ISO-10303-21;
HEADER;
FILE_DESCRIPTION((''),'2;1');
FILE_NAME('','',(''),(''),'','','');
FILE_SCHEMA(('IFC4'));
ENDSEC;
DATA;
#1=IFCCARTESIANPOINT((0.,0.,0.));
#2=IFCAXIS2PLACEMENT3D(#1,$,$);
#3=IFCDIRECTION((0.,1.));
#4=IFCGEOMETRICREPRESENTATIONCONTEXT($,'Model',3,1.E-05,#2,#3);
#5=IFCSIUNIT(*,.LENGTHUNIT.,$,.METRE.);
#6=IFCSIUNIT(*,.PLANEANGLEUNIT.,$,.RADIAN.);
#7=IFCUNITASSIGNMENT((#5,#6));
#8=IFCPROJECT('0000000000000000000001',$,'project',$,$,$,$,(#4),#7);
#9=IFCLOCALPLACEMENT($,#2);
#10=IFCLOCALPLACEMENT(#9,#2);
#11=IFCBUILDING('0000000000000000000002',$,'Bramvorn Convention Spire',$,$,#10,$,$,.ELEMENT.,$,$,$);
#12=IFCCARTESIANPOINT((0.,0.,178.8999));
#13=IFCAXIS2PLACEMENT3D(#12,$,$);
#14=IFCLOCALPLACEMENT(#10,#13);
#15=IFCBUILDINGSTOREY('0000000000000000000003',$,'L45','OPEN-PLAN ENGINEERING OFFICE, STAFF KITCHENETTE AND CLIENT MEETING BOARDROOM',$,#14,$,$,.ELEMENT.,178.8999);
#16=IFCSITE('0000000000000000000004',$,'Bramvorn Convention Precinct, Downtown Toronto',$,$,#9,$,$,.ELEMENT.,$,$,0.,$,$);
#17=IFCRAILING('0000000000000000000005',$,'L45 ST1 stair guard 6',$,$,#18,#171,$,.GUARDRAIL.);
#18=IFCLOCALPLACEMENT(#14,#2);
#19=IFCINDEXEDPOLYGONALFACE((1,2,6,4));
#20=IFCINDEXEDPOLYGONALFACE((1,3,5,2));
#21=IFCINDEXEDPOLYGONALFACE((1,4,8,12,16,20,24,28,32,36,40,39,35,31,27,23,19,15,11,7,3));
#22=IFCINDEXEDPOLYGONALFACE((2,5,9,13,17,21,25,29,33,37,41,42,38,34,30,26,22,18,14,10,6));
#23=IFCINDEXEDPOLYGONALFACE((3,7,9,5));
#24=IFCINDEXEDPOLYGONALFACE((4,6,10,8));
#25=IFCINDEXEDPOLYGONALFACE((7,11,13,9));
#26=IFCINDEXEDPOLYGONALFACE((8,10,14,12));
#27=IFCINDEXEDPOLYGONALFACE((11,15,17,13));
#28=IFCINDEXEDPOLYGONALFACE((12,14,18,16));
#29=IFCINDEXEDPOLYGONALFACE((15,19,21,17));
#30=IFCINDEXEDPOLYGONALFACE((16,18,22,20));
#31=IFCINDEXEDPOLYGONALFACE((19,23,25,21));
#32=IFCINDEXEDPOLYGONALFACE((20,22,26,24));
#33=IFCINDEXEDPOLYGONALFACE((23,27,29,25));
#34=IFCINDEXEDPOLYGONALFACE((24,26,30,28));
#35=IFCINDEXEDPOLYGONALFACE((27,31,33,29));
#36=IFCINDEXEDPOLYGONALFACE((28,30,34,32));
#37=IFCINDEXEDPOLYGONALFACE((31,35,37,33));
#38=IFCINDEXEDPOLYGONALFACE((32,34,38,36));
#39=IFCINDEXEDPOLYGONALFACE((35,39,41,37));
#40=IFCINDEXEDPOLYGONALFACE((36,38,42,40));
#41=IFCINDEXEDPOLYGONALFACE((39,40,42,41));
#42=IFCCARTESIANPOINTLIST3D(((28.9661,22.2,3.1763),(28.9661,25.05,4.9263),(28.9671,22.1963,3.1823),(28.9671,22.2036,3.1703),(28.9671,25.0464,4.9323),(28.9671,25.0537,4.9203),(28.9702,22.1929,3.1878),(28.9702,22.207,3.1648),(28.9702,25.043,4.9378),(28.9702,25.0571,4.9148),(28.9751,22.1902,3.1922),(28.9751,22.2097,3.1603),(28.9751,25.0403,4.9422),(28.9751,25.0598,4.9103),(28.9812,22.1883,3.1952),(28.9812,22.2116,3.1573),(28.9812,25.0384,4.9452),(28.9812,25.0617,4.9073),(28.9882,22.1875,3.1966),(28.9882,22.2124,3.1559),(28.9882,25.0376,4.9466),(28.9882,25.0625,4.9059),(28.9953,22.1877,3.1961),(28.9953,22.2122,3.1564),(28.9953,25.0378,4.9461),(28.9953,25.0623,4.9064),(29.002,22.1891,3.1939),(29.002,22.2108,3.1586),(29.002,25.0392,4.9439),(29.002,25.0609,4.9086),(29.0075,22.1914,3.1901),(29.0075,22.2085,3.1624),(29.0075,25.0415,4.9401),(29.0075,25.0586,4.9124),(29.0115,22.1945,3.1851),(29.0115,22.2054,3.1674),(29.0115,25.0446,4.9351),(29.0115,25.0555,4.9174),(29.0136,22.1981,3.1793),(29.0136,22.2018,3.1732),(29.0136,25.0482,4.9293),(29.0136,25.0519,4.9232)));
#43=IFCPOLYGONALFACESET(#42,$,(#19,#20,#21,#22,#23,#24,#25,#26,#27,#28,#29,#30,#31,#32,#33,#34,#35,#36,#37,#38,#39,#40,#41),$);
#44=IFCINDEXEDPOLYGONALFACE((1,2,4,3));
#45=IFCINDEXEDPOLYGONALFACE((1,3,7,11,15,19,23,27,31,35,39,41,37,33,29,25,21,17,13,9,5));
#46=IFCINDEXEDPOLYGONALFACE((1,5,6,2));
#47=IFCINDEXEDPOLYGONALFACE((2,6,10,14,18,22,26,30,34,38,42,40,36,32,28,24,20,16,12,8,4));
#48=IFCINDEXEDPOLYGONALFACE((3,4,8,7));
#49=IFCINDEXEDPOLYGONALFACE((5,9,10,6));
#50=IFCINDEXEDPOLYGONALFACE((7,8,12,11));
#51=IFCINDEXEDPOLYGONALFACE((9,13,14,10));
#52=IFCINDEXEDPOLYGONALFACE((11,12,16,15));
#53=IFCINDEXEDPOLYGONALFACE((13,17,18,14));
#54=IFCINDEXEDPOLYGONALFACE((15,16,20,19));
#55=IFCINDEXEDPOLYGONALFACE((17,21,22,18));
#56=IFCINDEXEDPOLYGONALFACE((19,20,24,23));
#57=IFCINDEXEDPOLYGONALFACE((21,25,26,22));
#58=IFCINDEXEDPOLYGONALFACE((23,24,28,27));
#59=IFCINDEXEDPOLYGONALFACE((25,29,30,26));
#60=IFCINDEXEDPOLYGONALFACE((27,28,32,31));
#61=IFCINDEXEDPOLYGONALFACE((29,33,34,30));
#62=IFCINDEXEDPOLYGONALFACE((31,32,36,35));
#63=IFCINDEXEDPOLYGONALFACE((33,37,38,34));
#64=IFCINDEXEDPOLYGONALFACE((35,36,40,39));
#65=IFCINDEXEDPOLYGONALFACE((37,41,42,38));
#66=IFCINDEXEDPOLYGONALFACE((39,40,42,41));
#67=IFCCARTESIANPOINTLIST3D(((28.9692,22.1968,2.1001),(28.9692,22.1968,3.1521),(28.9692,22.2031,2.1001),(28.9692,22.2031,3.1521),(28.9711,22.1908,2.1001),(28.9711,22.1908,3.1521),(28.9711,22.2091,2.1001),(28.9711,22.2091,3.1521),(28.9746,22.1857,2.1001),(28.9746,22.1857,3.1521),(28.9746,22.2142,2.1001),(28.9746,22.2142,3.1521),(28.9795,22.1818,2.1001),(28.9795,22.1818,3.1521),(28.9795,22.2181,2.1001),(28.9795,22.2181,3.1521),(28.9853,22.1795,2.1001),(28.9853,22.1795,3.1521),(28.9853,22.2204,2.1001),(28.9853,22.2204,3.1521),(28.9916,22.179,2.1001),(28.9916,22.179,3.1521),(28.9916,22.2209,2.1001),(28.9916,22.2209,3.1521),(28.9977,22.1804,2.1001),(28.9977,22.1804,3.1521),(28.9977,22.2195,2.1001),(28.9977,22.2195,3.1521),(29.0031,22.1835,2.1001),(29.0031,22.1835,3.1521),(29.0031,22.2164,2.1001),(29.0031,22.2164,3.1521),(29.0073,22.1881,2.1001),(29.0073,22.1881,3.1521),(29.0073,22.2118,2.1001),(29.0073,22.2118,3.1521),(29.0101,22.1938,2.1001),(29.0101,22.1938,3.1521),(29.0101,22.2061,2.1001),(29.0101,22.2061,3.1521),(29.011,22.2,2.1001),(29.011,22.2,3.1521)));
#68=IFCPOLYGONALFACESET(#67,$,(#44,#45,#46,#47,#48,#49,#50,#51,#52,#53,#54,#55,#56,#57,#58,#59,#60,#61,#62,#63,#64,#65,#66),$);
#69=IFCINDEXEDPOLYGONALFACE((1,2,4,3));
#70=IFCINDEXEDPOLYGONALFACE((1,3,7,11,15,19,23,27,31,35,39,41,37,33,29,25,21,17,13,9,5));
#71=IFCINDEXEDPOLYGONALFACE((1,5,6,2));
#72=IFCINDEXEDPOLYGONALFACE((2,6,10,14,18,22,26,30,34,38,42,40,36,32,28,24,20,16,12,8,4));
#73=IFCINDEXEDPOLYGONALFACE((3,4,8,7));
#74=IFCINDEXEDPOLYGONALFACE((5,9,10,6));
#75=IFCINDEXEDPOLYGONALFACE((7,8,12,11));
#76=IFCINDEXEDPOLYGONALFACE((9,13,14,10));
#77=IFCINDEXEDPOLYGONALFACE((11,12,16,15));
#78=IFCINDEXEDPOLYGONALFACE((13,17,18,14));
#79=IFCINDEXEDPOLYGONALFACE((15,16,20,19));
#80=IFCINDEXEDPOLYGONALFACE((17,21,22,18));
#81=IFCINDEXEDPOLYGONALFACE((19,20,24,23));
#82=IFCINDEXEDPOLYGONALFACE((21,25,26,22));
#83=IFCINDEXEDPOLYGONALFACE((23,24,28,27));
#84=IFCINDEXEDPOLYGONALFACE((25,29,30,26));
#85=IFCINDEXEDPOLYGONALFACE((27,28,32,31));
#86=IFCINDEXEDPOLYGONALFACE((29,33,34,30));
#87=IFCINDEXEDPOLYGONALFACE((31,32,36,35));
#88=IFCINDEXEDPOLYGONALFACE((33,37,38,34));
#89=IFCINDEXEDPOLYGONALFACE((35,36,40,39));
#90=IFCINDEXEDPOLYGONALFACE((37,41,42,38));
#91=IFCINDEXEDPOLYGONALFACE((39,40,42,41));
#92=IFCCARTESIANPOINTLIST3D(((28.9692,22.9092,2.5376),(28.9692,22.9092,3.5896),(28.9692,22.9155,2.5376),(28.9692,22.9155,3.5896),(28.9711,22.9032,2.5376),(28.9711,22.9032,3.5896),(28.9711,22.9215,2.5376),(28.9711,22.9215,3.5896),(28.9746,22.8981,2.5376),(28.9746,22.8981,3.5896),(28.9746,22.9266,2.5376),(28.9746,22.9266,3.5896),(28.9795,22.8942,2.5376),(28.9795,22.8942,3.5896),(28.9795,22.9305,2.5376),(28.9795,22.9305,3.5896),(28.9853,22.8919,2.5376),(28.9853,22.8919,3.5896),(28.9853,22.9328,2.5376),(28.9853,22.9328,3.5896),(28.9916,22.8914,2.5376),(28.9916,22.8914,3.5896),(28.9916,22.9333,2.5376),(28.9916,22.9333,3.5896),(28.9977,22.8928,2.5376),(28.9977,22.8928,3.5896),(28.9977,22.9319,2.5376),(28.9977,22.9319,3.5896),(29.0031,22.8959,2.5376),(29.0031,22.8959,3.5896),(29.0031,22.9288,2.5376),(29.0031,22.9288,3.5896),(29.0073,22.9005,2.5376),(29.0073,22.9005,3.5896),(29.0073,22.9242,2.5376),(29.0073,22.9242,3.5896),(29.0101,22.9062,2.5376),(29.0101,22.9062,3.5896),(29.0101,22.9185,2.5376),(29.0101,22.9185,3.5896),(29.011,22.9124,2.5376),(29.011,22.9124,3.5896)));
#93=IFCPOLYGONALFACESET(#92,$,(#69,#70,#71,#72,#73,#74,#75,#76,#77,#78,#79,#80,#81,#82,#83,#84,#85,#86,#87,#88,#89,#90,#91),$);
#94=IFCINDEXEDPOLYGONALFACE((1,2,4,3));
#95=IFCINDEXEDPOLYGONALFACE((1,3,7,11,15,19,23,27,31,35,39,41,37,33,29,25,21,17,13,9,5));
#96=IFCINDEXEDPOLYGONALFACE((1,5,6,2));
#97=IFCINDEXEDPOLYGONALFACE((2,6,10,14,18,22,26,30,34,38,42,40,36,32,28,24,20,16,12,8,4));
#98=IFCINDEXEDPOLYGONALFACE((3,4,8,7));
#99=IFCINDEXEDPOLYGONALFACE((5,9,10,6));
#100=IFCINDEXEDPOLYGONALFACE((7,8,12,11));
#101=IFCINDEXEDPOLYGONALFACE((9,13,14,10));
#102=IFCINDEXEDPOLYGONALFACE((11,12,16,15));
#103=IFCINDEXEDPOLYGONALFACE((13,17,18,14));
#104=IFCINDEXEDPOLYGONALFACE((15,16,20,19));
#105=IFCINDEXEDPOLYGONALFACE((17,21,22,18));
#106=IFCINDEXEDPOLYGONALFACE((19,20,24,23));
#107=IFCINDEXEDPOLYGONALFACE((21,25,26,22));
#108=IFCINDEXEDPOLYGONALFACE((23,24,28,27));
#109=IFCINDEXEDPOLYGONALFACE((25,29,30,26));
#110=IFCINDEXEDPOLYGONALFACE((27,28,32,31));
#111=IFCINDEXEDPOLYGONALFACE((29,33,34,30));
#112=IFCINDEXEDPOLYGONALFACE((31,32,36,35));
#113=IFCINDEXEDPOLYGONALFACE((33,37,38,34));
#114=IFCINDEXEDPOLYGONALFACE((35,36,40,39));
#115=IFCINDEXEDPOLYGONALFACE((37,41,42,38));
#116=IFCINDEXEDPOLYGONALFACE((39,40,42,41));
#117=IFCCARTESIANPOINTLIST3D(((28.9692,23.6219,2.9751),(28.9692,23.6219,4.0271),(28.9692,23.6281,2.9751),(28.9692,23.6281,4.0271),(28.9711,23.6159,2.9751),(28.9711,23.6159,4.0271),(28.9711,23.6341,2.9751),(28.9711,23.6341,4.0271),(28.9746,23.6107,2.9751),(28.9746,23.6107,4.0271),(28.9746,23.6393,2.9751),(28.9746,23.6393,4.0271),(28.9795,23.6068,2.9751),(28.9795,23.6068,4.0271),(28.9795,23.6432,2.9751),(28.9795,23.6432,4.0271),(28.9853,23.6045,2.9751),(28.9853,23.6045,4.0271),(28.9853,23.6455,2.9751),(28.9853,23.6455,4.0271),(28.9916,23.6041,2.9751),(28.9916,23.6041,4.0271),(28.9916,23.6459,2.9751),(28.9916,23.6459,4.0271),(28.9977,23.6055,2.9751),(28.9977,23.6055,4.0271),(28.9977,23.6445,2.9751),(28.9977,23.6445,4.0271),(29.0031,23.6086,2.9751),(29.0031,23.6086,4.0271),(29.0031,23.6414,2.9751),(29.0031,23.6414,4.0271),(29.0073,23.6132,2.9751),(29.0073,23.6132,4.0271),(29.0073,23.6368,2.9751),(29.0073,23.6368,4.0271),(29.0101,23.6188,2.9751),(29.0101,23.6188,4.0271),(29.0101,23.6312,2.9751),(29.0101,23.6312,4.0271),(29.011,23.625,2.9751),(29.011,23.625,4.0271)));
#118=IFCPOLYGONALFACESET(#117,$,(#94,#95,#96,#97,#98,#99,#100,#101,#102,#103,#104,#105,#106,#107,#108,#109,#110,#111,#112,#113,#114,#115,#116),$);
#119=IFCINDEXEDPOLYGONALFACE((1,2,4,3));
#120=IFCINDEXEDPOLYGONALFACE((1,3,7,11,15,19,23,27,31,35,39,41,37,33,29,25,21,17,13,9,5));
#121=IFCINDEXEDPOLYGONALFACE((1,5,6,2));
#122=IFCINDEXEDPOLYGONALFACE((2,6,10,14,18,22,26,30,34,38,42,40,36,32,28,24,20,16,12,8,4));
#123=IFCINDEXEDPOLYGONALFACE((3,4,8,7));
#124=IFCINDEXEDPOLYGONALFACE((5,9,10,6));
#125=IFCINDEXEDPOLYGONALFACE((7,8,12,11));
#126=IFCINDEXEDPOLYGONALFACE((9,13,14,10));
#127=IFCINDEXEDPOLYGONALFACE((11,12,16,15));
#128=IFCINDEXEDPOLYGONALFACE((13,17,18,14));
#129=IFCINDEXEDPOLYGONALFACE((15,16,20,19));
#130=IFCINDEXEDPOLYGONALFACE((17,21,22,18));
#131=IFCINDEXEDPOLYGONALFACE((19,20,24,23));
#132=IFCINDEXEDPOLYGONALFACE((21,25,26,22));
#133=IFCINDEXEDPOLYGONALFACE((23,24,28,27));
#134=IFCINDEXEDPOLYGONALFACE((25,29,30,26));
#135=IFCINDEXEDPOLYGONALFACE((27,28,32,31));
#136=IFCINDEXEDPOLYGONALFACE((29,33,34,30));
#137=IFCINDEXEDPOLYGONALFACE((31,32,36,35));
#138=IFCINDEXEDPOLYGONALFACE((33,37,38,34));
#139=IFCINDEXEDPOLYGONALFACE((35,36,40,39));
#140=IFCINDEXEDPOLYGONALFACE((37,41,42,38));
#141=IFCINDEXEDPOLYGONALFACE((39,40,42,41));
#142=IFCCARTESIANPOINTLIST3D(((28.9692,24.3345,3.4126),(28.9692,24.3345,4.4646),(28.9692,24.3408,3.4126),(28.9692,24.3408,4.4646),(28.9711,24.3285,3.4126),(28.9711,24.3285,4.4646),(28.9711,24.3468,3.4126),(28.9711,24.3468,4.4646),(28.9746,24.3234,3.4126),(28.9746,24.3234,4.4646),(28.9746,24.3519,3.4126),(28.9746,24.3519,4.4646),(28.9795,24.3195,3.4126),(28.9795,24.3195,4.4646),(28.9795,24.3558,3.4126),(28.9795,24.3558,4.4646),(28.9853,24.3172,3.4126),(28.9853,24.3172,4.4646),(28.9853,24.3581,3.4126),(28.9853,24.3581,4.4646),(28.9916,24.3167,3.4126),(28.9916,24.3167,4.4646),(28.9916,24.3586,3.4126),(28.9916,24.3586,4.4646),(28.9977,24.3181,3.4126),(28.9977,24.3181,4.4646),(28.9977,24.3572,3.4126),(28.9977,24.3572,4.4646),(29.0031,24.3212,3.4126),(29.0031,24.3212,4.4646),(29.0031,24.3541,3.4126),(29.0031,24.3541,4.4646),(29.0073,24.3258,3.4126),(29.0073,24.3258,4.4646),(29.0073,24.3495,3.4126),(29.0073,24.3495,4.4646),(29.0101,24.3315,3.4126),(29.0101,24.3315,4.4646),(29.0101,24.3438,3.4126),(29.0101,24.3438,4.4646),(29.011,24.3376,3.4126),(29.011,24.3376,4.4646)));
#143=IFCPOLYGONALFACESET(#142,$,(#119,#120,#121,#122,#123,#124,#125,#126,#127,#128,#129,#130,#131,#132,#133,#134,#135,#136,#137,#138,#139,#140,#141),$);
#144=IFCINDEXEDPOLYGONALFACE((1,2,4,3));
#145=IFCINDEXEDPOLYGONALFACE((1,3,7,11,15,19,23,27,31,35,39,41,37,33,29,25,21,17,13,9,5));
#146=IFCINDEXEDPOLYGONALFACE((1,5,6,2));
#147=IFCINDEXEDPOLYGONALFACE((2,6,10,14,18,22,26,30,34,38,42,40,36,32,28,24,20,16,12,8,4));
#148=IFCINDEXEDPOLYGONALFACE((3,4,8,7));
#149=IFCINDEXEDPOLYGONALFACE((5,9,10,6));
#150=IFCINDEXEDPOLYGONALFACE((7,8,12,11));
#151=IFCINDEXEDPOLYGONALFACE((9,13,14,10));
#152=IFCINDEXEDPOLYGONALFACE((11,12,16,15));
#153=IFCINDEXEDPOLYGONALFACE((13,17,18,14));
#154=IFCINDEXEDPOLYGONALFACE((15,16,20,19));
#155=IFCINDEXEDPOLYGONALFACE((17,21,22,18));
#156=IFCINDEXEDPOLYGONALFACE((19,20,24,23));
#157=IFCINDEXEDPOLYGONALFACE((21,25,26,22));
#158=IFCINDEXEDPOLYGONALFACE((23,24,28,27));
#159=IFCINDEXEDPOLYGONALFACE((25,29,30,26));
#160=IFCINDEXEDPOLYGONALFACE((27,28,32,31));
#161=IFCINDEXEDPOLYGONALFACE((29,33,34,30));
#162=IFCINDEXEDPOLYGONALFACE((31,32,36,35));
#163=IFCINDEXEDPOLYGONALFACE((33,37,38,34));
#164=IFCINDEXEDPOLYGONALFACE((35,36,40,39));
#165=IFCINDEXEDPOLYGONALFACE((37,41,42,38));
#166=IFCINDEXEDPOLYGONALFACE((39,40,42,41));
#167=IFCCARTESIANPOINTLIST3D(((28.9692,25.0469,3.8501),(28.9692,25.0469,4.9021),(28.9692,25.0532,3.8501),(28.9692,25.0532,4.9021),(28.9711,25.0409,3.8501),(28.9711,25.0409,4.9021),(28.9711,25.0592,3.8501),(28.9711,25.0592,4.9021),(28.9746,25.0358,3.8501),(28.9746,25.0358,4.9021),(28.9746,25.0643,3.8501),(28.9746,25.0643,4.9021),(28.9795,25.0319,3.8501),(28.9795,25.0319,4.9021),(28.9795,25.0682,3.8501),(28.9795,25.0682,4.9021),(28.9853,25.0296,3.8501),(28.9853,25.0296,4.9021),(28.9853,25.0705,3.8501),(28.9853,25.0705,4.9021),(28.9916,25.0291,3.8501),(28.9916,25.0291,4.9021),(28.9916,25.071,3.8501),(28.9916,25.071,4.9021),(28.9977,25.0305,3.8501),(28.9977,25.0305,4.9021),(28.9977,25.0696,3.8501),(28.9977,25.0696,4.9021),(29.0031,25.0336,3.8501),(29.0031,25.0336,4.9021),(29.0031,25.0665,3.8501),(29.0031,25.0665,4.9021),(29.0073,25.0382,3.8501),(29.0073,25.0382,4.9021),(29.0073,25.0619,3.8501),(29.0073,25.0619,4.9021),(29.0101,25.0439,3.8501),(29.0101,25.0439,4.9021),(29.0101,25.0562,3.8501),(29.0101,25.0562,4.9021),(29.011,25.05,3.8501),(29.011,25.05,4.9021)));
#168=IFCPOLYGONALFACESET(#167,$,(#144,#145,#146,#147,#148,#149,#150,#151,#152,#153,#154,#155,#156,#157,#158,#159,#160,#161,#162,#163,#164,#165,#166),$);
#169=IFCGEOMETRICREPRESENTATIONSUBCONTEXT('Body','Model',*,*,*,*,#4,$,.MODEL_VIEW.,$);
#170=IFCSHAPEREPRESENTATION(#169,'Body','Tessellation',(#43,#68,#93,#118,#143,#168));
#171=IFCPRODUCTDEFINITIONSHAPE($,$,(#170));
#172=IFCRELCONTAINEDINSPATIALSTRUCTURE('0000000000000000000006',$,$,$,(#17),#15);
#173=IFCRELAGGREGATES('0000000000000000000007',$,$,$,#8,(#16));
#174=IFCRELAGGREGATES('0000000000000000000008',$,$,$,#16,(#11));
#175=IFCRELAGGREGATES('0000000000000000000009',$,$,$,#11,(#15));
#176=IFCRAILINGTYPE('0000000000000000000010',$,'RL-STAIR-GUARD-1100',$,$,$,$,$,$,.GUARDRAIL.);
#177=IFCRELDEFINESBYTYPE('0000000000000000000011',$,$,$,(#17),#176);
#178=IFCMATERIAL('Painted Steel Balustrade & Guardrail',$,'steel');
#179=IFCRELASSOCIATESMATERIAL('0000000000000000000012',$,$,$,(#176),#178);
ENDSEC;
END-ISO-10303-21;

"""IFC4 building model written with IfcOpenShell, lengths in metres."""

from ifc_helpers import new_model, si_unit, direction, frame, origin, origin_2d, place, context, subcontext, project, spatial, circle, extrude, material, type_object, element, save


model = new_model("IFC4")

# Units and contexts
model_context = context("Model", 3, precision=1e-05, world=origin(), true_north=direction((0.0, 1.0)))
body_context = subcontext(model_context, "Body", "Model", "MODEL_VIEW")
ifc_project = project(units=[si_unit("LENGTHUNIT", "METRE"), si_unit("PLANEANGLEUNIT", "RADIAN")], contexts=[model_context])

# Site, building, storey
site_placement = place(None, origin())
site = spatial("IfcSite", under=ifc_project, at=site_placement, Name="Bramvorn Convention Precinct, Downtown Toronto", CompositionType="ELEMENT", RefElevation=0.0)
building_placement = place(site_placement, origin())
building = spatial("IfcBuilding", under=site, at=building_placement, Name="Bramvorn Convention Spire", CompositionType="ELEMENT")
storey_placement = place(building_placement, frame((0.0, 0.0, 178.8999)))
storey = spatial("IfcBuildingStorey", under=building, at=storey_placement, Name="L45", Description="OPEN-PLAN ENGINEERING OFFICE, STAFF KITCHENETTE AND CLIENT MEETING BOARDROOM", CompositionType="ELEMENT", Elevation=178.8999)

# Railing
ifc_material_1 = material(Name="Painted Steel Balustrade & Guardrail", Category="steel")
railing_type_1 = type_object("IfcRailingType", Name="RL-STAIR-GUARD-1100", PredefinedType="GUARDRAIL", material=ifc_material_1)
railing_1_placement = place(storey_placement, frame((28.99, 22.2, 2.1001)))
element("IfcRailing", 1, at=railing_1_placement, inside=storey, type_object=railing_type_1, Name="L45 ST1 stair guard 6", PredefinedType="GUARDRAIL", context=body_context, shape_type="SweptSolid", body=[
    extrude(circle(Radius=0.0239, at=origin_2d()), frame((0.0, 0.0, 1.0762), z_axis=(0.0, 0.852179, 0.52325), x_axis=(-1.0, 0.0, 0.0)), (0.0, 0.0, 1.0), 3.3445),
    extrude(circle(Radius=0.021, at=origin_2d()), origin(), (0.0, 0.0, 1.0), 1.052),
    extrude(circle(Radius=0.021, at=origin_2d()), frame((0.0, 0.7124, 0.4375)), (0.0, 0.0, 1.0), 1.052),
    extrude(circle(Radius=0.021, at=origin_2d()), frame((0.0, 1.425, 0.875)), (0.0, 0.0, 1.0), 1.052),
    extrude(circle(Radius=0.021, at=origin_2d()), frame((0.0, 2.1377, 1.3125)), (0.0, 0.0, 1.0), 1.052),
    extrude(circle(Radius=0.021, at=origin_2d()), frame((0.0, 2.8501, 1.75)), (0.0, 0.0, 1.0), 1.052),
])

save(model, "model.ifc")
